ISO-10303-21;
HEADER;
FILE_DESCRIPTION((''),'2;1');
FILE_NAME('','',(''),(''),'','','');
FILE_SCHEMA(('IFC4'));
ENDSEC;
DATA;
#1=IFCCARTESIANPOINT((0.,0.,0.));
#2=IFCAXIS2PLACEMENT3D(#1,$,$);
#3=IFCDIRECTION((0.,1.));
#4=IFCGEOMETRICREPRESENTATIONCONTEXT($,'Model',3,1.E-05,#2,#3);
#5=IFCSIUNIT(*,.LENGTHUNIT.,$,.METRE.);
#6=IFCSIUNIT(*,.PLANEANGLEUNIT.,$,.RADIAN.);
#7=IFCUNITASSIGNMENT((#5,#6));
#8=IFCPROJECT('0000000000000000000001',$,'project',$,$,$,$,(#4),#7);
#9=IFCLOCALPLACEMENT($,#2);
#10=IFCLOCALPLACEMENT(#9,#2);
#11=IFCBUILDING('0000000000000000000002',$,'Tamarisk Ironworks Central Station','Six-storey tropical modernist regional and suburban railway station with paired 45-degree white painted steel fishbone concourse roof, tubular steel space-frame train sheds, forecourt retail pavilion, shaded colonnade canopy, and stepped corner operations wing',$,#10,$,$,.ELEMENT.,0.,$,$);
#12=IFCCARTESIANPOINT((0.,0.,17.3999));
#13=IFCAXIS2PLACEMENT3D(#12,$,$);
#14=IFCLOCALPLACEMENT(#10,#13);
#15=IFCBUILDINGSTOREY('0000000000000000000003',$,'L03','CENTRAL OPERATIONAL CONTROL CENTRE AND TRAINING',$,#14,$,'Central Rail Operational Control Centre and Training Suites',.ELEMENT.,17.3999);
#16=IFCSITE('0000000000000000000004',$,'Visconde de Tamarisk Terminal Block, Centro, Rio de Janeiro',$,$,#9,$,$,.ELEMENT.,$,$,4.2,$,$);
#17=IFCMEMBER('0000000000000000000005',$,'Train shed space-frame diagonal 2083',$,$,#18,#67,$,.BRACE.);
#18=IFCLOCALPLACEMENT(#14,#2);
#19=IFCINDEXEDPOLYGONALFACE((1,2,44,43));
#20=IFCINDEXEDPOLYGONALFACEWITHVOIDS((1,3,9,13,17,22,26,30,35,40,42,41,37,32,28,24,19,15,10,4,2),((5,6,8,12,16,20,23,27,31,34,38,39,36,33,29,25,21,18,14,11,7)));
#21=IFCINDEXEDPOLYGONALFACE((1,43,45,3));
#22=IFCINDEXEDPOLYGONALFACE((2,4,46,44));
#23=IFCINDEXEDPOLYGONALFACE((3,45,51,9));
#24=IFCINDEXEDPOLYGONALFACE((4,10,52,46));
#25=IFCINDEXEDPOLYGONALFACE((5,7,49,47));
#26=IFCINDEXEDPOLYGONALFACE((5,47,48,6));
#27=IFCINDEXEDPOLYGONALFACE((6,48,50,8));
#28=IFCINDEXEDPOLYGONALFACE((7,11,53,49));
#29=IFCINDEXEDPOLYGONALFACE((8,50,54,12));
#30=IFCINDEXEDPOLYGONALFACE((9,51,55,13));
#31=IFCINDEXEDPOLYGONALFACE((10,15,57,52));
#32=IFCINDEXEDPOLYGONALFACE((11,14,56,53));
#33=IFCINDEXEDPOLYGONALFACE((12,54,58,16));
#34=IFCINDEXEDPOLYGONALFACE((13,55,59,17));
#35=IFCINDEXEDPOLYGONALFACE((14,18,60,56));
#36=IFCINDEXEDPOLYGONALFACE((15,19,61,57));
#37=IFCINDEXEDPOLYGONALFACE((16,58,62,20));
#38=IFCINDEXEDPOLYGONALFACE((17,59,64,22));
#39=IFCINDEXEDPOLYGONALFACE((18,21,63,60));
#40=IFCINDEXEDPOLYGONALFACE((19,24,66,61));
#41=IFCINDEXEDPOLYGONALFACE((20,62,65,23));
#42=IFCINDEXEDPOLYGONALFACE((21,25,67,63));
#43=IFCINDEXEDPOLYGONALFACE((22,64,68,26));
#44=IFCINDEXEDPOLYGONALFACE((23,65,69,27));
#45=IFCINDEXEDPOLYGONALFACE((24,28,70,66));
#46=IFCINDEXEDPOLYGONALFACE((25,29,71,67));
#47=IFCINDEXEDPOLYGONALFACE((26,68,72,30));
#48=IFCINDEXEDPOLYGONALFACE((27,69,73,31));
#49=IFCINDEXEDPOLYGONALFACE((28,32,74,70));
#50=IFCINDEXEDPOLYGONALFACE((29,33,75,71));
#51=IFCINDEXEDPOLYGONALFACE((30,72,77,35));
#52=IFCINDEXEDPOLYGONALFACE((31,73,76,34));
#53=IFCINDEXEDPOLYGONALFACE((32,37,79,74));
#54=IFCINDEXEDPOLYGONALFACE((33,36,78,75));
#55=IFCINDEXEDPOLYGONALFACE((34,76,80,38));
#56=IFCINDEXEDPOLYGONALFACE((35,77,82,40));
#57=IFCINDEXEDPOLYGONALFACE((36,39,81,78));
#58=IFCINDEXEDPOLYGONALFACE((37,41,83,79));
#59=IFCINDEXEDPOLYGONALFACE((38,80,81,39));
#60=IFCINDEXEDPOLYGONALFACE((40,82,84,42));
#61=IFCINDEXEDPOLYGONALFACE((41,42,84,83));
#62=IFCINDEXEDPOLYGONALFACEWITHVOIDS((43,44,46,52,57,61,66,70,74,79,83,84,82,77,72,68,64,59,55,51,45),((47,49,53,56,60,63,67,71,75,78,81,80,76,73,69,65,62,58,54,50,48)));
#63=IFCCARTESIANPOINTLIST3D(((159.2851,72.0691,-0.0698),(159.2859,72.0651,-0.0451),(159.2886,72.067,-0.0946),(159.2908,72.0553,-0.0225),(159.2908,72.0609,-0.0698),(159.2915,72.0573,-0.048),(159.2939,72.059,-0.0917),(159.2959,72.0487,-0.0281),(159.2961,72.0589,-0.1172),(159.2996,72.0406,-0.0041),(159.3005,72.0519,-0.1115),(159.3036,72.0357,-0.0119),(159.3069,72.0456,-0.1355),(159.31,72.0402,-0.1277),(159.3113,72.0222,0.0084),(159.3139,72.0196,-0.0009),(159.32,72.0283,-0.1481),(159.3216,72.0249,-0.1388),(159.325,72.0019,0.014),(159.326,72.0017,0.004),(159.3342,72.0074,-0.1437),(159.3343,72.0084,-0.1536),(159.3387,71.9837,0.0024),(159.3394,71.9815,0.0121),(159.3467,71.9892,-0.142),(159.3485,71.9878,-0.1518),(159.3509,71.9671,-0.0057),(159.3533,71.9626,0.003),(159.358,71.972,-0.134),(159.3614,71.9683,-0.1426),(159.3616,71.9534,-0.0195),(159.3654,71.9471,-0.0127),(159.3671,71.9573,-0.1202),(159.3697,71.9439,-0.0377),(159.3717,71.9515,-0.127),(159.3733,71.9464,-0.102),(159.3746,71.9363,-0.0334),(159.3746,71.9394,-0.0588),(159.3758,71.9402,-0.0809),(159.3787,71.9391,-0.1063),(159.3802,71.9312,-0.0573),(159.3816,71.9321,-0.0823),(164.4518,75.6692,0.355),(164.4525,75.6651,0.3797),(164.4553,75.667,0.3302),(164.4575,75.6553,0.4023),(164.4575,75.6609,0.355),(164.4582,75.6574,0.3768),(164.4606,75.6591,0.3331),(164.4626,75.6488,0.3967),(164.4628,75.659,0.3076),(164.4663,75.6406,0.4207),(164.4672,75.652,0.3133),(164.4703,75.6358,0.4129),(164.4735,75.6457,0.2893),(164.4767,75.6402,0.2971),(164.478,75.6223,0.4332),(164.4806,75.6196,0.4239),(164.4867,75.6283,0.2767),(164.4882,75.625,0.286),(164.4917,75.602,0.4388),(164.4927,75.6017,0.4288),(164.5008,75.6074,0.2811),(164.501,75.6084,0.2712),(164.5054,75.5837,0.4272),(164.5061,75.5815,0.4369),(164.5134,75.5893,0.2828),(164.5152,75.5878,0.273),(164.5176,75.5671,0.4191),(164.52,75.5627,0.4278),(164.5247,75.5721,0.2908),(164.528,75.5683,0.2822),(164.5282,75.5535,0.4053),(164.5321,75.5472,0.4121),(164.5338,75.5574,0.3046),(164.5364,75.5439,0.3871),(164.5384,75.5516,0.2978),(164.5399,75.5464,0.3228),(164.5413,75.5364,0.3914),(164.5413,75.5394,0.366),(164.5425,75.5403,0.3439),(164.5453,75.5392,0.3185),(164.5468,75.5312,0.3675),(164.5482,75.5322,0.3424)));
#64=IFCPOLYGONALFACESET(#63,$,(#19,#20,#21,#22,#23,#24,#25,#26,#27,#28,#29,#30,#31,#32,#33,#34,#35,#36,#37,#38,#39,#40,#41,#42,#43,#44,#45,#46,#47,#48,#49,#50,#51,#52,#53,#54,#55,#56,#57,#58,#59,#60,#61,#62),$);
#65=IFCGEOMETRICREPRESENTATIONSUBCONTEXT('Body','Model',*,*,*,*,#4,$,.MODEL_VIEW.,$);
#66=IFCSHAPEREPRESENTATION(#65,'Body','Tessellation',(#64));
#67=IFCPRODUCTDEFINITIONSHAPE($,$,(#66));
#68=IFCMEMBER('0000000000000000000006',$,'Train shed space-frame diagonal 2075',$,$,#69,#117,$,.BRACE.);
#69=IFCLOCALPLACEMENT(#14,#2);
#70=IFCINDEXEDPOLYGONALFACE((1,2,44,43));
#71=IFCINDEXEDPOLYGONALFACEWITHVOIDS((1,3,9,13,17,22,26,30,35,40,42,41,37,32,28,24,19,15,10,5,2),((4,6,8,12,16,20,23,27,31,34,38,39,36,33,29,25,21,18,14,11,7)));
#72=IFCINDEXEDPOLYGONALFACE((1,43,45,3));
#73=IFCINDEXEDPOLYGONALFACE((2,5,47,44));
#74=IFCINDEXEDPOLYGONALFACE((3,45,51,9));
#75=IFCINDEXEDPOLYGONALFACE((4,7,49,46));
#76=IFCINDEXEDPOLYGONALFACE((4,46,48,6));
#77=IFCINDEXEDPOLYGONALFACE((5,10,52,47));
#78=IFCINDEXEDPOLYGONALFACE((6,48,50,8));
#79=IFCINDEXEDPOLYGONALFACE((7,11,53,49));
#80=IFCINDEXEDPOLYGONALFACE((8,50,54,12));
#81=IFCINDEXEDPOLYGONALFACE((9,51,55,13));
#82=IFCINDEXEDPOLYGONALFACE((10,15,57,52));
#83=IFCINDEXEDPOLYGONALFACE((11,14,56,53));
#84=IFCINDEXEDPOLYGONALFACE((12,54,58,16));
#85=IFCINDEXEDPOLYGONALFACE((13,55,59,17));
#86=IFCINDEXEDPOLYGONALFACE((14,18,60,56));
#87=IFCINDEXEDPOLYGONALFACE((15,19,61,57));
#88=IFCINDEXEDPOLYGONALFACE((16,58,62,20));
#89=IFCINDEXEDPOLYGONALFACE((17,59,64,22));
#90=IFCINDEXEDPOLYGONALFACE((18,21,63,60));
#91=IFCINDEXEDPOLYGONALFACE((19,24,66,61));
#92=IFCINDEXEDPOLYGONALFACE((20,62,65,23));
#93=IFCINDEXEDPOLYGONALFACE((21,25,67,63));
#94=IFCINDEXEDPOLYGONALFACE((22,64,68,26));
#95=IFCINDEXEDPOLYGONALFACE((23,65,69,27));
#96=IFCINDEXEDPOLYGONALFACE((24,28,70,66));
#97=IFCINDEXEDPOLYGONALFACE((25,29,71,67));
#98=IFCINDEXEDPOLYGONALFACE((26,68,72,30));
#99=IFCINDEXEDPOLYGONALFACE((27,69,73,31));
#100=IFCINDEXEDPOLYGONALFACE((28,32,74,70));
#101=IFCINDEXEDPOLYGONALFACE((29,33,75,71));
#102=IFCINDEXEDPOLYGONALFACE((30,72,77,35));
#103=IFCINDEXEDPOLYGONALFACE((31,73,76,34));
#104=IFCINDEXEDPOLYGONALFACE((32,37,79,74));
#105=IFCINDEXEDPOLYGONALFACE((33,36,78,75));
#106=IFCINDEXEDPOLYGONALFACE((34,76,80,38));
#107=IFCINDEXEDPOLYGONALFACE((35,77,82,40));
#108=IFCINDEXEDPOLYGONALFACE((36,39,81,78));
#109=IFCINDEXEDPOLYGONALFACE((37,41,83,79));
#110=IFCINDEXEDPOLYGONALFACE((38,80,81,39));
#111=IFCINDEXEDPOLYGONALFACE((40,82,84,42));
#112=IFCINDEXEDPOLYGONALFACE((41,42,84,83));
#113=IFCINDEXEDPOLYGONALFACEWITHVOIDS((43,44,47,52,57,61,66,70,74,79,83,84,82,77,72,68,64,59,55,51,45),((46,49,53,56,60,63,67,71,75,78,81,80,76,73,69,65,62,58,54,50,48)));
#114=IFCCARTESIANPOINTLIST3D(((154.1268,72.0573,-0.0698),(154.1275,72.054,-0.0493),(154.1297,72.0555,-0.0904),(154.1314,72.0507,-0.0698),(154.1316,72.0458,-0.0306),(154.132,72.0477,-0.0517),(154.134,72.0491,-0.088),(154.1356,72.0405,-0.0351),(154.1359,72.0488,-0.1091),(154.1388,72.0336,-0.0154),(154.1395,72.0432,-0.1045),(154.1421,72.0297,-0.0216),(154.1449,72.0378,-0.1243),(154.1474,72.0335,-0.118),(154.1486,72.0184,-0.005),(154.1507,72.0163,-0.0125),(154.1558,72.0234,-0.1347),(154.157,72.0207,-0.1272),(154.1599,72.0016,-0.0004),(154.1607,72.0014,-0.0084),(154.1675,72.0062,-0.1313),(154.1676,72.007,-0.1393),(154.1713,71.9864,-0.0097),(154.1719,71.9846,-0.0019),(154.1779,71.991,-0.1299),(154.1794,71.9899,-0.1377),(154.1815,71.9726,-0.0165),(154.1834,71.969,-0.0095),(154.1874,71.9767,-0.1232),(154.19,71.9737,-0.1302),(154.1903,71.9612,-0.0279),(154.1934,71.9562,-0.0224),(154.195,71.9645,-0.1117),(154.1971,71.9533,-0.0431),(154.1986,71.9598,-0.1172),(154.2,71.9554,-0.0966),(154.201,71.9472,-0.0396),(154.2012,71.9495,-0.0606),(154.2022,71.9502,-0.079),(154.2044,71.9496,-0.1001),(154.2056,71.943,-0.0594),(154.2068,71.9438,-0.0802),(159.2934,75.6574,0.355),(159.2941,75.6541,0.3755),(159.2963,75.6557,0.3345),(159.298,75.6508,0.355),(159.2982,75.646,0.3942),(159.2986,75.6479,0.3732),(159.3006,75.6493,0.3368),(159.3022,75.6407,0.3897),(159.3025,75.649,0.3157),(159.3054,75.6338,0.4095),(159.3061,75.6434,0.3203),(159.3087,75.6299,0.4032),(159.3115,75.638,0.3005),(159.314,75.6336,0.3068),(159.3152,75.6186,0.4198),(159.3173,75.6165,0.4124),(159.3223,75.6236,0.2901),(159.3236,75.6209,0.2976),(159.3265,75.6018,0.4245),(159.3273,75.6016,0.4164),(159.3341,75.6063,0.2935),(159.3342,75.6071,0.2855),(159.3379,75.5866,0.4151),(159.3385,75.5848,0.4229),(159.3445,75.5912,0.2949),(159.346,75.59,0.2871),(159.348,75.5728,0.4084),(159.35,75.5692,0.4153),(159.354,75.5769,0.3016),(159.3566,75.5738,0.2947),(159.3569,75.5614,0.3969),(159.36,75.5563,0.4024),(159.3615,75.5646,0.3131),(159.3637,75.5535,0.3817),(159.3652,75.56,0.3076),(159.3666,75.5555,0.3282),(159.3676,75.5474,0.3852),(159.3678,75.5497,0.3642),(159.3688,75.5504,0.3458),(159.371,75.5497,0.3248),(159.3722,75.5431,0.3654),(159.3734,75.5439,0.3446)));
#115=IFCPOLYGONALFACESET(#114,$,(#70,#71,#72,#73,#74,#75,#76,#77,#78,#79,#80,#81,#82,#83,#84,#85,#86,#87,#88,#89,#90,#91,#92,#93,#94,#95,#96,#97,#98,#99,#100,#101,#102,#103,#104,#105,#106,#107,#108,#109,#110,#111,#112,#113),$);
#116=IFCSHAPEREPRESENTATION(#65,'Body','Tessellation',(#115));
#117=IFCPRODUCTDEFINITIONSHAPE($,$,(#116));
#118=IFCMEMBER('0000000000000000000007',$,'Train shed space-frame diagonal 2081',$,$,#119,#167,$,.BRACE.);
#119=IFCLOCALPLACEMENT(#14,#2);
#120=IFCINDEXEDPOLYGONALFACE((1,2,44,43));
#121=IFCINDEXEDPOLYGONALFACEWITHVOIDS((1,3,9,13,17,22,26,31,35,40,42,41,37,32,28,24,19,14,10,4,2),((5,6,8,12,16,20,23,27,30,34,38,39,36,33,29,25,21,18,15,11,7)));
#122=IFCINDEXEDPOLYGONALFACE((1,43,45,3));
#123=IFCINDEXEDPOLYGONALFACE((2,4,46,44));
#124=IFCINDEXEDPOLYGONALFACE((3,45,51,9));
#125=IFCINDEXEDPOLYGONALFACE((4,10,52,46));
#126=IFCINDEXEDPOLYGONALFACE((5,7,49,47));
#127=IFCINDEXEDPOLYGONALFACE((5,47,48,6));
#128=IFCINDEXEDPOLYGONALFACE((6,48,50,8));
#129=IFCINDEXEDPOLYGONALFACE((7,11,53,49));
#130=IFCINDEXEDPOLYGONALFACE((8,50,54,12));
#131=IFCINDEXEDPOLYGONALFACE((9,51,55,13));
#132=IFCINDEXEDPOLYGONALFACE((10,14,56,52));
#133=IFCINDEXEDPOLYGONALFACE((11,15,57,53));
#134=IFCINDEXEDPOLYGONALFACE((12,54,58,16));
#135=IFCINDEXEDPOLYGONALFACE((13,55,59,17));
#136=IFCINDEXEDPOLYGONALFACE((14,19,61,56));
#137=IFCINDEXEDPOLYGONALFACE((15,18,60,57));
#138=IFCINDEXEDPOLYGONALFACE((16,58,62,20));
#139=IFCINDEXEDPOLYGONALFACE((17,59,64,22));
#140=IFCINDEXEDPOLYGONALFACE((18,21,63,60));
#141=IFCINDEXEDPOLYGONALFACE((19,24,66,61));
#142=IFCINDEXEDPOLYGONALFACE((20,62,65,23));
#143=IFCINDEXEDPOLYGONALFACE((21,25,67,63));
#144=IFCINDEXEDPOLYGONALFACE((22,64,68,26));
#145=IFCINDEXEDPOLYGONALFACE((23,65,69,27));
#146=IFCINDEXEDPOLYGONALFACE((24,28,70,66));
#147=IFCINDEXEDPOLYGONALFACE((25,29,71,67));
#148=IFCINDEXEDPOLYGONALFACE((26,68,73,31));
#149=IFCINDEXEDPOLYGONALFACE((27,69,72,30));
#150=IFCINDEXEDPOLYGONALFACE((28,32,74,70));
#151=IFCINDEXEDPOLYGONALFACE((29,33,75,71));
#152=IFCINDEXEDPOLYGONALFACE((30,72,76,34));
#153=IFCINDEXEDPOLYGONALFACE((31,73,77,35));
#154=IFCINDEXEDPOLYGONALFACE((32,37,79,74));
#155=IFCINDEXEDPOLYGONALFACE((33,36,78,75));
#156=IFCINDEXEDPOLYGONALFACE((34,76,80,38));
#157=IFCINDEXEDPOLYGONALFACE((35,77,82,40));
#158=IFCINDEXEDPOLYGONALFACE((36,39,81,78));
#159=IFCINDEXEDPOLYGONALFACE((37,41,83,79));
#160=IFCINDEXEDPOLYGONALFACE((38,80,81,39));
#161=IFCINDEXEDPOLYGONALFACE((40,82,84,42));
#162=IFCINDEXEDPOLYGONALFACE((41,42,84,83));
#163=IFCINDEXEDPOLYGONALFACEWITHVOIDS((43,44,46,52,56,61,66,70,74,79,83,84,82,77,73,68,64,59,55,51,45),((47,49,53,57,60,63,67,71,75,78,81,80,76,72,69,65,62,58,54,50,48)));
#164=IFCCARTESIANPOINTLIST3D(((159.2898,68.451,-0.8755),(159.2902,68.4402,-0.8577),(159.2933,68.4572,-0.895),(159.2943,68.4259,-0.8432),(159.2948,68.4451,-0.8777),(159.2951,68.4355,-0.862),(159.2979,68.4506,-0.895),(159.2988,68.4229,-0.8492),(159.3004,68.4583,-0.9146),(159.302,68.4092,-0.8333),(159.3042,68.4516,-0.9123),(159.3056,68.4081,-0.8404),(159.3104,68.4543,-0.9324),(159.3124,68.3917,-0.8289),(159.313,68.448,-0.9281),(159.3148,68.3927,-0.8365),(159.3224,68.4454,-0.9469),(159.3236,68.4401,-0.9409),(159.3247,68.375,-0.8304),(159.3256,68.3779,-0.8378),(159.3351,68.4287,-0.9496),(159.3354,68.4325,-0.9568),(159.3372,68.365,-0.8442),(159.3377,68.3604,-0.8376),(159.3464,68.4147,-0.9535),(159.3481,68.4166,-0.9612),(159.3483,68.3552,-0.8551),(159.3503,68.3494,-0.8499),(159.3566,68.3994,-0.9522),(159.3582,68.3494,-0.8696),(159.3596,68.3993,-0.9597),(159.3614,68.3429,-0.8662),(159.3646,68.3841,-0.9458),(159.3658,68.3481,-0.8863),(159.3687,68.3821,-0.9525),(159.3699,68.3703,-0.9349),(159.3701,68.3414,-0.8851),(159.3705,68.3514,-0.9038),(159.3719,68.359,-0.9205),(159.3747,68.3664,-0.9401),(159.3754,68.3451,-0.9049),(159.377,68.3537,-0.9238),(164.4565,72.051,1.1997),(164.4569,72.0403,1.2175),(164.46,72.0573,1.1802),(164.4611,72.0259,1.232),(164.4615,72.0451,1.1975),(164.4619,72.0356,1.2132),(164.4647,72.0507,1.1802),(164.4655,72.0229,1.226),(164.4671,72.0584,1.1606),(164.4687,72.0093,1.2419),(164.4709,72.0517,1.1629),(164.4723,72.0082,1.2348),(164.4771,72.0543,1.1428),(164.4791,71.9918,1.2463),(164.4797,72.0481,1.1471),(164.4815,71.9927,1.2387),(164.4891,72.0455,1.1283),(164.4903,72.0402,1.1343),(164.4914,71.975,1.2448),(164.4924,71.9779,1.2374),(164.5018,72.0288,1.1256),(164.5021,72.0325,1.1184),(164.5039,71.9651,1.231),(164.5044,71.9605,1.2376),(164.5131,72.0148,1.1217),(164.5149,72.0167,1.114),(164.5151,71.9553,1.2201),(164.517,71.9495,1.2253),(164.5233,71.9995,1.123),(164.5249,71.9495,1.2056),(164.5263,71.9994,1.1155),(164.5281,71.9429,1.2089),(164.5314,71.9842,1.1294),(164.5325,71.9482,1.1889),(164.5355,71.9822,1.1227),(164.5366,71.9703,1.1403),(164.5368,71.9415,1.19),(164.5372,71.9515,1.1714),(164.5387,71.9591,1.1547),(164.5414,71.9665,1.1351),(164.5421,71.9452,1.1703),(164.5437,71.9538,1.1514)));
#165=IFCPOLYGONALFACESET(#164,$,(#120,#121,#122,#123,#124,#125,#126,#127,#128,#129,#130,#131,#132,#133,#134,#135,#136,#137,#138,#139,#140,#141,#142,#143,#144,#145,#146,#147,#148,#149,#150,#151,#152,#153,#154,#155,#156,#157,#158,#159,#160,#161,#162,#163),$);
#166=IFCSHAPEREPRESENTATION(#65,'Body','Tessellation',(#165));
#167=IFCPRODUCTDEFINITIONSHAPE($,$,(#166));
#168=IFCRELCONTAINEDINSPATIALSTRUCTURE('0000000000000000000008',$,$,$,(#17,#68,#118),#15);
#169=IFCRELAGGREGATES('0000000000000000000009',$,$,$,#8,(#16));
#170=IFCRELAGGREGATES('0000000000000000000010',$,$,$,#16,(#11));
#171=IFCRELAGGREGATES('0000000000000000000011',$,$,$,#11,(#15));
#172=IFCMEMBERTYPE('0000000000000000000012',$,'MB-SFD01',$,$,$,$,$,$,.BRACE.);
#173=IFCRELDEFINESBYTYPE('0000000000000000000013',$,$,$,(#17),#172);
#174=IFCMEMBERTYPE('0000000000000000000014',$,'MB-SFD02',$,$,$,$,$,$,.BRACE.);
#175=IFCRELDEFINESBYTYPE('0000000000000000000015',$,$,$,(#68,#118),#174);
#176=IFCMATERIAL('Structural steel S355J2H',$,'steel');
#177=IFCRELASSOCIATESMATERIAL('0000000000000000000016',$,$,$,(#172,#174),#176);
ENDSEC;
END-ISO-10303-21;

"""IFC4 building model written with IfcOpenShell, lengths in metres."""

from ifc_helpers import new_model, si_unit, direction, frame, origin, origin_2d, place, context, subcontext, project, spatial, hollow_circle, extrude, material, material_profile, profile_set, type_object, element, save


model = new_model("IFC4")

# Units and contexts
model_context = context("Model", 3, precision=1e-05, world=origin(), true_north=direction((0.0, 1.0)))
body_context = subcontext(model_context, "Body", "Model", "MODEL_VIEW")
ifc_project = project(units=[si_unit("LENGTHUNIT", "METRE"), si_unit("PLANEANGLEUNIT", "RADIAN")], contexts=[model_context])

# Site, building, storey
site_placement = place(None, origin())
site = spatial("IfcSite", under=ifc_project, at=site_placement, Name="Visconde de Tamarisk Terminal Block, Centro, Rio de Janeiro", CompositionType="ELEMENT", RefElevation=4.2)
building_placement = place(site_placement, origin())
building = spatial("IfcBuilding", under=site, at=building_placement, Name="Tamarisk Ironworks Central Station", Description="Six-storey tropical modernist regional and suburban railway station with paired 45-degree white painted steel fishbone concourse roof, tubular steel space-frame train sheds, forecourt retail pavilion, shaded colonnade canopy, and stepped corner operations wing", CompositionType="ELEMENT", ElevationOfRefHeight=0.0)
storey_placement = place(building_placement, frame((0.0, 0.0, 17.3999)))
storey = spatial("IfcBuildingStorey", under=building, at=storey_placement, Name="L03", Description="CENTRAL OPERATIONAL CONTROL CENTRE AND TRAINING", LongName="Central Rail Operational Control Centre and Training Suites", CompositionType="ELEMENT", Elevation=17.3999)

# Members
ifc_material = material(Name="Structural steel S355J2H", Category="steel")
ifc_material_profile_1 = material_profile(ifc_material, hollow_circle(Radius=0.0842, WallThickness=0.01, at=origin_2d()), Name="CHS 168.3x10")
ifc_profile_set_1 = profile_set([ifc_material_profile_1], Name="Structural steel S355J2H")
member_type_1 = type_object("IfcMemberType", Name="MB-SFD01", PredefinedType="BRACE", material=ifc_profile_set_1)
member_1_placement = place(storey_placement, frame((159.3333, 72.0, -0.0698), z_axis=(0.81861, 0.570393, 0.067305), x_axis=(-0.571689, 0.82047, 0.0)))
element("IfcMember", 1, at=member_1_placement, inside=storey, type_object=member_type_1, Name="Train shed space-frame diagonal 2083", PredefinedType="BRACE", context=body_context, shape_type="SweptSolid", body=[
    extrude(hollow_circle(Radius=0.0842, WallThickness=0.01, at=origin_2d()), origin(), (0.0, 0.0, 1.0), 6.3115),
])
ifc_material_profile_2 = material_profile(ifc_material, hollow_circle(Radius=0.0698, WallThickness=0.0081, at=origin_2d()), Name="CHS 139.7x8")
ifc_profile_set_2 = profile_set([ifc_material_profile_2], Name="Structural steel S355J2H")
member_type_2 = type_object("IfcMemberType", Name="MB-SFD02", PredefinedType="BRACE", material=ifc_profile_set_2)
member_2_placement = place(storey_placement, frame((154.1667, 72.0, -0.0698), z_axis=(0.818597, 0.570411, 0.067307), x_axis=(-0.571707, 0.820458, 0.0)))
element("IfcMember", 2, at=member_2_placement, inside=storey, type_object=member_type_2, Name="Train shed space-frame diagonal 2075", PredefinedType="BRACE", context=body_context, shape_type="SweptSolid", body=[
    extrude(hollow_circle(Radius=0.0698, WallThickness=0.0081, at=origin_2d()), origin(), (0.0, 0.0, 1.0), 6.3115),
])
member_3_placement = place(storey_placement, frame((159.3333, 68.3999, -0.895), z_axis=(0.779249, 0.542967, 0.312981), x_axis=(-0.571689, 0.82047, 0.0)))
element("IfcMember", 3, at=member_3_placement, inside=storey, type_object=member_type_2, Name="Train shed space-frame diagonal 2081", PredefinedType="BRACE", context=body_context, shape_type="SweptSolid", body=[
    extrude(hollow_circle(Radius=0.0698, WallThickness=0.0081, at=origin_2d()), origin(), (0.0, 0.0, 1.0), 6.6304),
])

save(model, "model.ifc")
